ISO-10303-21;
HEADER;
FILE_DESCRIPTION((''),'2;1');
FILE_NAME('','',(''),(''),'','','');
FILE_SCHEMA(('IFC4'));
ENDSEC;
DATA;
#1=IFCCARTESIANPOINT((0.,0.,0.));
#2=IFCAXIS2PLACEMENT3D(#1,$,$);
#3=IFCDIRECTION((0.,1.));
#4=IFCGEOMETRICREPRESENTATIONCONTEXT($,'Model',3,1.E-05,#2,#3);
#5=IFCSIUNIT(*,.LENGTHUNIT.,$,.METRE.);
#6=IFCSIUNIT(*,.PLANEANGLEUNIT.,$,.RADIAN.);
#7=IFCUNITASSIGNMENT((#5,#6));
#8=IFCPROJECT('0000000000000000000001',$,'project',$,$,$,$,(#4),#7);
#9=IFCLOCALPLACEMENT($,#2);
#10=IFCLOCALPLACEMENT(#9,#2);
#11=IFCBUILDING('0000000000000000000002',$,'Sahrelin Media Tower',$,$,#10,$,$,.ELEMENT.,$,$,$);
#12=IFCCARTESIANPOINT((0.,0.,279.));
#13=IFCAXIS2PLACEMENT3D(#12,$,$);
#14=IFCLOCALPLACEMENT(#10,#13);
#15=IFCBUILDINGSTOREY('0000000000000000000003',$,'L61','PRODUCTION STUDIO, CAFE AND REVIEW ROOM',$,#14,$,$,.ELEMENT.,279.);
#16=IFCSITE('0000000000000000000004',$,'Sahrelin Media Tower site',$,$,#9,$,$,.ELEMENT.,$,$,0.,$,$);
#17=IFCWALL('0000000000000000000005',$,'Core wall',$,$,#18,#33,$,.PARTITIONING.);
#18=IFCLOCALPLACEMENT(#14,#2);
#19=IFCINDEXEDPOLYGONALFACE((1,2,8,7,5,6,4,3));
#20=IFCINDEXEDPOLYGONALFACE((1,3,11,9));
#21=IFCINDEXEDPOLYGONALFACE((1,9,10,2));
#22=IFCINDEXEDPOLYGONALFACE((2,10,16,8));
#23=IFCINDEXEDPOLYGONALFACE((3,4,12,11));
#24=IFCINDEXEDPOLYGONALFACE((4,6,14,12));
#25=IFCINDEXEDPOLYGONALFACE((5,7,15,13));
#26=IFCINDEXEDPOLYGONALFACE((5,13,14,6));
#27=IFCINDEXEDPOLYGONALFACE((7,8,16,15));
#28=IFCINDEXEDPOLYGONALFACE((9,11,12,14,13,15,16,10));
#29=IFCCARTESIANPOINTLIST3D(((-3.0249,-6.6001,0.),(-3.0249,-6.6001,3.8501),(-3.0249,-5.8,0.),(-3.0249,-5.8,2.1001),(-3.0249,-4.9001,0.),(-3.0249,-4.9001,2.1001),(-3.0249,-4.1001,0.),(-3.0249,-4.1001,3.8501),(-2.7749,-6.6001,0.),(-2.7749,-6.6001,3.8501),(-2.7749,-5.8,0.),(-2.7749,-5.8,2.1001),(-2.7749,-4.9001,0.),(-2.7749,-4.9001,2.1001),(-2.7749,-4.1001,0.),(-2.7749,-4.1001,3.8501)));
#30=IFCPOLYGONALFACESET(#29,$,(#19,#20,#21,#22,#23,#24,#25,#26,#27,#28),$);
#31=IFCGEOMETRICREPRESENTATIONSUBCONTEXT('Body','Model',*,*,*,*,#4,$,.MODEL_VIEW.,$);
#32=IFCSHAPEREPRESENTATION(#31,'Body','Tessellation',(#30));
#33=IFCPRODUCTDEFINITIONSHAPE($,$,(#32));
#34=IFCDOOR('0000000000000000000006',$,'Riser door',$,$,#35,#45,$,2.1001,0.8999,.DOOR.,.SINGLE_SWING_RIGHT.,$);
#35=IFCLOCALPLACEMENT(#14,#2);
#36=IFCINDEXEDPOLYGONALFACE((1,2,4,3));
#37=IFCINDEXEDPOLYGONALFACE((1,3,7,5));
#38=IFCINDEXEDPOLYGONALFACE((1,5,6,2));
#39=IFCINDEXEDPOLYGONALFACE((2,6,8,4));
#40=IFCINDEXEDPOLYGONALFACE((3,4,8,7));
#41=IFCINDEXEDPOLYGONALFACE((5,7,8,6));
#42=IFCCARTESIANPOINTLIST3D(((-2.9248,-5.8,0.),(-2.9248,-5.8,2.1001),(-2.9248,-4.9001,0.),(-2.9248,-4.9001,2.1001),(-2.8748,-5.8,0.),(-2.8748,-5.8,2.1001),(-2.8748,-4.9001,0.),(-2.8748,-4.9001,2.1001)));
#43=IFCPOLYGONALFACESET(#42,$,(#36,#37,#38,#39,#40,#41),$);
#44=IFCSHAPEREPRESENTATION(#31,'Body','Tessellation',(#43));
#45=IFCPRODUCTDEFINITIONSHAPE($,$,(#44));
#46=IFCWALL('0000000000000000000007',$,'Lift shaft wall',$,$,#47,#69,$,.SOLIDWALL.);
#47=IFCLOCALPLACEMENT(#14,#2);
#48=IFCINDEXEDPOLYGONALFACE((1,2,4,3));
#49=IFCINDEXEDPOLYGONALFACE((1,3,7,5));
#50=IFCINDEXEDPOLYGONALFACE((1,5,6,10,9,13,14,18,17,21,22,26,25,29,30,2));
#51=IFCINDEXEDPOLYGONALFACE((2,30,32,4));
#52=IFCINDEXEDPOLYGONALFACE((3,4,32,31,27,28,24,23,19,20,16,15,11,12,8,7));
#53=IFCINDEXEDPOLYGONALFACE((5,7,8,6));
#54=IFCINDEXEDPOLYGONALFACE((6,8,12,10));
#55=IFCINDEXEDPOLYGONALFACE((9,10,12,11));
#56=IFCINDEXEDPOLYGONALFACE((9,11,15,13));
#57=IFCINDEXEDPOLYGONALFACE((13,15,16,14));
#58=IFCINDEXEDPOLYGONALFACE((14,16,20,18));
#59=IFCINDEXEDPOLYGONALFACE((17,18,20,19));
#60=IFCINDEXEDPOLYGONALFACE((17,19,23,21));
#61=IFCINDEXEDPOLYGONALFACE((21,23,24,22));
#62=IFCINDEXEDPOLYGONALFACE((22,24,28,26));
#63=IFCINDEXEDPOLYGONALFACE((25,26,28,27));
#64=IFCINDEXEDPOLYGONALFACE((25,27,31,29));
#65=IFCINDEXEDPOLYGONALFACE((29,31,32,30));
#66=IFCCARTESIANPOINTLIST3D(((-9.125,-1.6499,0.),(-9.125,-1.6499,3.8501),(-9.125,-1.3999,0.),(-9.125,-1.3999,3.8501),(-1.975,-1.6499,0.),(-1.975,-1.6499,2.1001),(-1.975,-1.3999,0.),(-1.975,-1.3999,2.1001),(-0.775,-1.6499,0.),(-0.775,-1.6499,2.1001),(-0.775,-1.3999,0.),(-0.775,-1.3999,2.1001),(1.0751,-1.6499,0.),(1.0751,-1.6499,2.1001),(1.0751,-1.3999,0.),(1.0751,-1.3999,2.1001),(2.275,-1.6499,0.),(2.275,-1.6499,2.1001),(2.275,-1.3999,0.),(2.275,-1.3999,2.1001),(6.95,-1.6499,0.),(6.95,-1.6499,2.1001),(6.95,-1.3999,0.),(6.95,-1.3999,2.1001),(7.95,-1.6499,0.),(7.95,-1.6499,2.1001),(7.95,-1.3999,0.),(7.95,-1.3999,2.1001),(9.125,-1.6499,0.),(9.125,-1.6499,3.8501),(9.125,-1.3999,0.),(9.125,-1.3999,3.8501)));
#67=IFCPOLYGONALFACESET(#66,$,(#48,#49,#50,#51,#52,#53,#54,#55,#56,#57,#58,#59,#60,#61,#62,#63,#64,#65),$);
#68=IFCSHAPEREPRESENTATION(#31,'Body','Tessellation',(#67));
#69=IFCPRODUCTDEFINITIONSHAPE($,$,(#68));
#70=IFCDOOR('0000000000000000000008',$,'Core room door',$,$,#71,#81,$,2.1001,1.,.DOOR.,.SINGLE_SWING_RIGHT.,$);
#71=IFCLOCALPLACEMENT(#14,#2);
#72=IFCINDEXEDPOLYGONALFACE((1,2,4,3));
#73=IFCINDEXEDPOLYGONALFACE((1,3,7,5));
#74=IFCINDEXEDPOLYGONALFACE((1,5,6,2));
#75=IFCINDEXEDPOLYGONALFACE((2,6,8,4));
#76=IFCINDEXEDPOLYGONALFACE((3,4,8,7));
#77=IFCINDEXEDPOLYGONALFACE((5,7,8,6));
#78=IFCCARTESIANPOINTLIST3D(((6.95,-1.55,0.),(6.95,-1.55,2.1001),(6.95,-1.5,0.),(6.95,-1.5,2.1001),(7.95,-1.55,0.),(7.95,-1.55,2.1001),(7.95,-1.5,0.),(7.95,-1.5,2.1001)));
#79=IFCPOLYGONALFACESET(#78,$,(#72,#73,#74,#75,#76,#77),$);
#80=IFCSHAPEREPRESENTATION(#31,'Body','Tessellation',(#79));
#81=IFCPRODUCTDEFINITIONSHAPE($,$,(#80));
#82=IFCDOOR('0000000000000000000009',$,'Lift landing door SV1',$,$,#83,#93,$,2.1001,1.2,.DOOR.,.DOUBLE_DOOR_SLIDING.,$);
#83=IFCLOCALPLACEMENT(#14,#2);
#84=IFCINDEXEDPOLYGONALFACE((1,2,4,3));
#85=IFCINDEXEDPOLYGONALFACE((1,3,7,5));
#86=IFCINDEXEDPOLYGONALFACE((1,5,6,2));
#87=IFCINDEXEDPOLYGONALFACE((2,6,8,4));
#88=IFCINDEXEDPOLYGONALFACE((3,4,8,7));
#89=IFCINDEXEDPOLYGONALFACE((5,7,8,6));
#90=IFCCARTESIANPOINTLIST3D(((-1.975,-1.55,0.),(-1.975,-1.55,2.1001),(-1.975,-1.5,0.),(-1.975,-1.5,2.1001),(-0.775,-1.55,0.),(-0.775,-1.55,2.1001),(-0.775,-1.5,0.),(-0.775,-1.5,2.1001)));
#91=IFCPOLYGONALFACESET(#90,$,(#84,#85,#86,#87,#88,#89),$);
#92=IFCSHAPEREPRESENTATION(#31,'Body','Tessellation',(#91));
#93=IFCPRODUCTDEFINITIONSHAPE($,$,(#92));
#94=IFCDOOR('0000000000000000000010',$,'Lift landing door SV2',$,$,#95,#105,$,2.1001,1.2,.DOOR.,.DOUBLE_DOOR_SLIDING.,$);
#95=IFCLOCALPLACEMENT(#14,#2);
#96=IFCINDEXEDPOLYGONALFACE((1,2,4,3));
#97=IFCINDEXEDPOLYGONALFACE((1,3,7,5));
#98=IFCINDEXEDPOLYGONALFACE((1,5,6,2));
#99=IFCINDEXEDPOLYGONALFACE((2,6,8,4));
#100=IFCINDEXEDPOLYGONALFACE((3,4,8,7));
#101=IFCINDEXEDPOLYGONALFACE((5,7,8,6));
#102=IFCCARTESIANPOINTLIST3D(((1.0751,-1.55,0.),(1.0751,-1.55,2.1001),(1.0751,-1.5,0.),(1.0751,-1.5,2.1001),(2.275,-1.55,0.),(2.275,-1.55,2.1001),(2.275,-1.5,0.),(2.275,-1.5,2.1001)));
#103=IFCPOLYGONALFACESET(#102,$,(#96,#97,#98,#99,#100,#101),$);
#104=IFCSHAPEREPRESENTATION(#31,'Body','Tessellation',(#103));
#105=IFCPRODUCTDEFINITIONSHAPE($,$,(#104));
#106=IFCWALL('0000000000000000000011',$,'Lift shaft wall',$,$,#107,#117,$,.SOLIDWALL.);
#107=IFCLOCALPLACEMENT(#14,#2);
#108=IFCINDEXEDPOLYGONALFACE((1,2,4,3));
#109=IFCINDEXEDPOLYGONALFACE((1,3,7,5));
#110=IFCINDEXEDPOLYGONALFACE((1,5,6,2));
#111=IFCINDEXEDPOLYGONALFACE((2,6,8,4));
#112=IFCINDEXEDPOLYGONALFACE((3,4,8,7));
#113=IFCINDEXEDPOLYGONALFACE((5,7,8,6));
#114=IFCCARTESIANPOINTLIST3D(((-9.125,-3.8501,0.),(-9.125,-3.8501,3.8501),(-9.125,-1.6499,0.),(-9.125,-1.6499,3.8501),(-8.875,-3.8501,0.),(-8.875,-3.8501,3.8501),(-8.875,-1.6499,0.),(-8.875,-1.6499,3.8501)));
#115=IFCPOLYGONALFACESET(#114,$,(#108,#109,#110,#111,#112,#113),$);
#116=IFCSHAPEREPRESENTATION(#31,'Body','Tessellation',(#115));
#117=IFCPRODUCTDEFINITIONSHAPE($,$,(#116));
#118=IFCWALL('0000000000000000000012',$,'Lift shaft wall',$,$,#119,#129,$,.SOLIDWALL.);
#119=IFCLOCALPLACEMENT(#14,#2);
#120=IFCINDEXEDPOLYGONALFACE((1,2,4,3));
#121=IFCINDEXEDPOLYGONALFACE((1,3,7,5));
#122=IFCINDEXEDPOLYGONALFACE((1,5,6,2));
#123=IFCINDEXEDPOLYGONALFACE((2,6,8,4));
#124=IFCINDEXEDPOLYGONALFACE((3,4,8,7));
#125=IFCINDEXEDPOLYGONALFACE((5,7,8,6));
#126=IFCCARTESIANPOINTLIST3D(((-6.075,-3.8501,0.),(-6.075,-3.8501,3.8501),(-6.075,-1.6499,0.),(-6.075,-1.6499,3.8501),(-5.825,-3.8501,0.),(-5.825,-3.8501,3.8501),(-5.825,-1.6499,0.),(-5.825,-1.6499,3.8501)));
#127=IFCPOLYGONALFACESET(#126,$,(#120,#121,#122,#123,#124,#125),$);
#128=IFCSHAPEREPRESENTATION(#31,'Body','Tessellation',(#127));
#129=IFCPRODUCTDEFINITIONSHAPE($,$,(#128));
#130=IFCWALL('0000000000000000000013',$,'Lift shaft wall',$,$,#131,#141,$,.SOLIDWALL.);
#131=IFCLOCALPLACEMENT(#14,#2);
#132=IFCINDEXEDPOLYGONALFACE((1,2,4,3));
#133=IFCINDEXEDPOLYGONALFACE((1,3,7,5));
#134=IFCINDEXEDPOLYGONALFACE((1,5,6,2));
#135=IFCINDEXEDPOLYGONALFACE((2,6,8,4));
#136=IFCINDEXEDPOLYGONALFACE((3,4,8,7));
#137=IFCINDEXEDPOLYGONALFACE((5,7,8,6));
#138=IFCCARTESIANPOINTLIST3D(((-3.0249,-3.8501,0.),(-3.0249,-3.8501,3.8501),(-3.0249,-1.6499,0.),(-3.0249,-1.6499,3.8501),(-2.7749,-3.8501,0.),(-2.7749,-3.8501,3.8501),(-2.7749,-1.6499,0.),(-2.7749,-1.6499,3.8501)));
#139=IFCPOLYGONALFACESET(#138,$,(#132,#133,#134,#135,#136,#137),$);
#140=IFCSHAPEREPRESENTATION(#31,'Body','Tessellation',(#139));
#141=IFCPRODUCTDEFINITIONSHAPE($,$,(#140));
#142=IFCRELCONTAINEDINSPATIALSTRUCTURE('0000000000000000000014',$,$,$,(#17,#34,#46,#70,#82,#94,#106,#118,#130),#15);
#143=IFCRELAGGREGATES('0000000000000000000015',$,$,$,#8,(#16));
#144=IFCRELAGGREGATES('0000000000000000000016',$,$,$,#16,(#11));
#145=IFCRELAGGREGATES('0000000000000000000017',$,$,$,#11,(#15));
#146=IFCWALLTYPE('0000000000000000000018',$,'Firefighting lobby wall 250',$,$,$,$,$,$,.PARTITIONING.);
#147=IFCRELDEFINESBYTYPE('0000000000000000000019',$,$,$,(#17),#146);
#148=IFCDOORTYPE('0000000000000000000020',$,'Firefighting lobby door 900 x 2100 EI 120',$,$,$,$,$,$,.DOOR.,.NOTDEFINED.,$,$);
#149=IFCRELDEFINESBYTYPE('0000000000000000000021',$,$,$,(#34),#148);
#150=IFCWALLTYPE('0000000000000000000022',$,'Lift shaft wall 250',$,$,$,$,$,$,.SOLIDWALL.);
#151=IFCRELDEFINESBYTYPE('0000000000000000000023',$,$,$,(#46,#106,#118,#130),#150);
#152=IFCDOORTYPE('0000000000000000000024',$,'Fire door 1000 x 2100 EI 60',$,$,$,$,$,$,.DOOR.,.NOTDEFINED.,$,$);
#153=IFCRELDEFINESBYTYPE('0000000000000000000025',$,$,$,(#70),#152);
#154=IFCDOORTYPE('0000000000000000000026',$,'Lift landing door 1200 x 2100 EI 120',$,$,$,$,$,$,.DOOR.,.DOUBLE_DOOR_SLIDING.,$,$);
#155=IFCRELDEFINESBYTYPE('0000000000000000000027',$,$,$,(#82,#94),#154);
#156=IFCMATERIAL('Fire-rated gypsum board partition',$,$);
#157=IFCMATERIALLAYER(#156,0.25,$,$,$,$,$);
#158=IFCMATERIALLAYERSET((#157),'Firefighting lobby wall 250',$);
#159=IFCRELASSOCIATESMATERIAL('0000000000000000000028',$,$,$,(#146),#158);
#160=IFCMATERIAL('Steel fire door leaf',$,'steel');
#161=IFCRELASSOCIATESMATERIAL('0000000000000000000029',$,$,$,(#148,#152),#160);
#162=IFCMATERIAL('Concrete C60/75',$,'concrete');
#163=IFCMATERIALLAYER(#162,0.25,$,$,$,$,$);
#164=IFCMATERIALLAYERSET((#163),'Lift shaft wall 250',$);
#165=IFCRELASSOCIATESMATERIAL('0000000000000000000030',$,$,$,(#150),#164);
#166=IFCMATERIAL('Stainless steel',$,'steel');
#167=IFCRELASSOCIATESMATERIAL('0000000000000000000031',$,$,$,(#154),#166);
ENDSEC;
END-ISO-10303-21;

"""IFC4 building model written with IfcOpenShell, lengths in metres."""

from ifc_helpers import new_model, si_unit, direction, frame, frame_2d, origin, place, context, subcontext, project, spatial, rectangle, extrude, material, layer, layer_set, type_object, element, fill, save


model = new_model("IFC4")

# Units and contexts
model_context = context("Model", 3, precision=1e-05, world=origin(), true_north=direction((0.0, 1.0)))
body_context = subcontext(model_context, "Body", "Model", "MODEL_VIEW")
ifc_project = project(units=[si_unit("LENGTHUNIT", "METRE"), si_unit("PLANEANGLEUNIT", "RADIAN")], contexts=[model_context])

# Site, building, storey
site_placement = place(None, origin())
site = spatial("IfcSite", under=ifc_project, at=site_placement, Name="Sahrelin Media Tower site", CompositionType="ELEMENT", RefElevation=0.0)
building_placement = place(site_placement, origin())
building = spatial("IfcBuilding", under=site, at=building_placement, Name="Sahrelin Media Tower", CompositionType="ELEMENT")
storey_placement = place(building_placement, frame((0.0, 0.0, 279.0)))
storey = spatial("IfcBuildingStorey", under=building, at=storey_placement, Name="L61", Description="PRODUCTION STUDIO, CAFE AND REVIEW ROOM", CompositionType="ELEMENT", Elevation=279.0)

# Shared definitions
ifc_material_1 = material(Name="Concrete C60/75", Category="concrete")

# Wall, opening, door
ifc_material_2 = material(Name="Fire-rated gypsum board partition")
ifc_layer_1 = layer(ifc_material_2, 0.25)
ifc_layer_set_1 = layer_set([ifc_layer_1], Name="Firefighting lobby wall 250")
wall_type_1 = type_object("IfcWallType", Name="Firefighting lobby wall 250", PredefinedType="PARTITIONING", material=ifc_layer_set_1)
wall_1_placement = place(storey_placement, frame((-2.8999, -6.6001, 0.0), z_axis=(0.0, 0.0, 1.0), x_axis=(0.0, 1.0, 0.0)))
wall_1 = element("IfcWall", 1, at=wall_1_placement, inside=storey, type_object=wall_type_1, Name="Core wall", PredefinedType="PARTITIONING", context=body_context, shape_type="SweptSolid", body=[
    extrude(rectangle(XDim=2.5, YDim=0.25, at=frame_2d((1.25, 0.0))), origin(), (0.0, 0.0, 1.0), 3.8501),
])
opening_1_placement = place(wall_1_placement, frame((0.8, 0.0, 0.0)))
opening_1 = element("IfcOpeningElement", 2, at=opening_1_placement, cuts=wall_1, PredefinedType="OPENING", context=body_context, shape_type="SweptSolid", body=[
    extrude(rectangle(XDim=0.8999, YDim=2.1001, at=frame_2d((0.45, 1.05))), frame((0.0, 0.125, 0.0), z_axis=(0.0, -1.0, 0.0), x_axis=(1.0, 0.0, 0.0)), (0.0, 0.0, 1.0), 0.25),
])
ifc_material_3 = material(Name="Steel fire door leaf", Category="steel")
door_type_1 = type_object("IfcDoorType", Name="Firefighting lobby door 900 x 2100 EI 120", OperationType="NOTDEFINED", PredefinedType="DOOR", material=ifc_material_3)
door_1_placement = place(opening_1_placement, origin())
door_1 = element("IfcDoor", 3, at=door_1_placement, inside=storey, type_object=door_type_1, Name="Riser door", OperationType="SINGLE_SWING_RIGHT", OverallHeight=2.1001, OverallWidth=0.8999, PredefinedType="DOOR", context=body_context, shape_type="SweptSolid", body=[
    extrude(rectangle(XDim=0.8999, YDim=2.1001, at=frame_2d((0.45, 1.05))), frame((0.0, 0.0249, 0.0), z_axis=(0.0, -1.0, 0.0), x_axis=(1.0, 0.0, 0.0)), (0.0, 0.0, 1.0), 0.05),
])
fill(opening_1, door_1)

# Wall, openings, doors
ifc_layer_2 = layer(ifc_material_1, 0.25)
ifc_layer_set_2 = layer_set([ifc_layer_2], Name="Lift shaft wall 250")
wall_type_2 = type_object("IfcWallType", Name="Lift shaft wall 250", PredefinedType="SOLIDWALL", material=ifc_layer_set_2)
wall_2_placement = place(storey_placement, frame((-9.125, -1.5249, 0.0), z_axis=(0.0, 0.0, 1.0), x_axis=(1.0, 0.0, 0.0)))
wall_2 = element("IfcWall", 4, at=wall_2_placement, inside=storey, type_object=wall_type_2, Name="Lift shaft wall", PredefinedType="SOLIDWALL", context=body_context, shape_type="SweptSolid", body=[
    extrude(rectangle(XDim=18.25, YDim=0.25, at=frame_2d((9.125, 0.0))), origin(), (0.0, 0.0, 1.0), 3.8501),
])
opening_2_placement = place(wall_2_placement, frame((7.1499, 0.0, 0.0)))
opening_2 = element("IfcOpeningElement", 5, at=opening_2_placement, cuts=wall_2, PredefinedType="OPENING", context=body_context, shape_type="SweptSolid", body=[
    extrude(rectangle(XDim=1.2, YDim=2.1001, at=frame_2d((0.6001, 1.05))), frame((0.0, 0.125, 0.0), z_axis=(0.0, -1.0, 0.0), x_axis=(1.0, 0.0, 0.0)), (0.0, 0.0, 1.0), 0.25),
])
opening_3_placement = place(wall_2_placement, frame((10.2, 0.0, 0.0)))
opening_3 = element("IfcOpeningElement", 6, at=opening_3_placement, cuts=wall_2, PredefinedType="OPENING", context=body_context, shape_type="SweptSolid", body=[
    extrude(rectangle(XDim=1.2, YDim=2.1001, at=frame_2d((0.6001, 1.05))), frame((0.0, 0.125, 0.0), z_axis=(0.0, -1.0, 0.0), x_axis=(1.0, 0.0, 0.0)), (0.0, 0.0, 1.0), 0.25),
])
opening_4_placement = place(wall_2_placement, frame((16.075, 0.0, 0.0)))
opening_4 = element("IfcOpeningElement", 7, at=opening_4_placement, cuts=wall_2, PredefinedType="OPENING", context=body_context, shape_type="SweptSolid", body=[
    extrude(rectangle(XDim=1.0, YDim=2.1001, at=frame_2d((0.5, 1.05))), frame((0.0, 0.125, 0.0), z_axis=(0.0, -1.0, 0.0), x_axis=(1.0, 0.0, 0.0)), (0.0, 0.0, 1.0), 0.25),
])
door_type_2 = type_object("IfcDoorType", Name="Fire door 1000 x 2100 EI 60", OperationType="NOTDEFINED", PredefinedType="DOOR", material=ifc_material_3)
door_2_placement = place(opening_4_placement, origin())
door_2 = element("IfcDoor", 8, at=door_2_placement, inside=storey, type_object=door_type_2, Name="Core room door", OperationType="SINGLE_SWING_RIGHT", OverallHeight=2.1001, OverallWidth=1.0, PredefinedType="DOOR", context=body_context, shape_type="SweptSolid", body=[
    extrude(rectangle(XDim=1.0, YDim=2.1001, at=frame_2d((0.5, 1.05))), frame((0.0, 0.0249, 0.0), z_axis=(0.0, -1.0, 0.0), x_axis=(1.0, 0.0, 0.0)), (0.0, 0.0, 1.0), 0.05),
])
fill(opening_4, door_2)
ifc_material_4 = material(Name="Stainless steel", Category="steel")
door_type_3 = type_object("IfcDoorType", Name="Lift landing door 1200 x 2100 EI 120", OperationType="DOUBLE_DOOR_SLIDING", PredefinedType="DOOR", material=ifc_material_4)
door_3_placement = place(opening_2_placement, origin())
door_3 = element("IfcDoor", 9, at=door_3_placement, inside=storey, type_object=door_type_3, Name="Lift landing door SV1", OperationType="DOUBLE_DOOR_SLIDING", OverallHeight=2.1001, OverallWidth=1.2, PredefinedType="DOOR", context=body_context, shape_type="SweptSolid", body=[
    extrude(rectangle(XDim=1.2, YDim=2.1001, at=frame_2d((0.6001, 1.05))), frame((0.0, 0.0249, 0.0), z_axis=(0.0, -1.0, 0.0), x_axis=(1.0, 0.0, 0.0)), (0.0, 0.0, 1.0), 0.05),
])
fill(opening_2, door_3)
door_4_placement = place(opening_3_placement, origin())
door_4 = element("IfcDoor", 10, at=door_4_placement, inside=storey, type_object=door_type_3, Name="Lift landing door SV2", OperationType="DOUBLE_DOOR_SLIDING", OverallHeight=2.1001, OverallWidth=1.2, PredefinedType="DOOR", context=body_context, shape_type="SweptSolid", body=[
    extrude(rectangle(XDim=1.2, YDim=2.1001, at=frame_2d((0.6001, 1.05))), frame((0.0, 0.0249, 0.0), z_axis=(0.0, -1.0, 0.0), x_axis=(1.0, 0.0, 0.0)), (0.0, 0.0, 1.0), 0.05),
])
fill(opening_3, door_4)

# Walls
for number, where, z_axis, x_axis, name in (
    (11, (-9.0, -3.8501, 0.0), (0.0, 0.0, 1.0), (0.0, 1.0, 0.0), "Lift shaft wall"),
    (12, (-5.95, -3.8501, 0.0), (0.0, 0.0, 1.0), (0.0, 1.0, 0.0), "Lift shaft wall"),
    (13, (-2.8999, -3.8501, 0.0), (0.0, 0.0, 1.0), (0.0, 1.0, 0.0), "Lift shaft wall"),
):
    element("IfcWall", number, at=place(storey_placement, frame(where, z_axis=z_axis, x_axis=x_axis)), inside=storey, type_object=wall_type_2, Name=name, PredefinedType="SOLIDWALL", context=body_context, shape_type="SweptSolid", body=[
        extrude(rectangle(XDim=2.2002, YDim=0.25, at=frame_2d((1.1001, 0.0))), origin(), (0.0, 0.0, 1.0), 3.8501),
    ])

save(model, "model.ifc")
